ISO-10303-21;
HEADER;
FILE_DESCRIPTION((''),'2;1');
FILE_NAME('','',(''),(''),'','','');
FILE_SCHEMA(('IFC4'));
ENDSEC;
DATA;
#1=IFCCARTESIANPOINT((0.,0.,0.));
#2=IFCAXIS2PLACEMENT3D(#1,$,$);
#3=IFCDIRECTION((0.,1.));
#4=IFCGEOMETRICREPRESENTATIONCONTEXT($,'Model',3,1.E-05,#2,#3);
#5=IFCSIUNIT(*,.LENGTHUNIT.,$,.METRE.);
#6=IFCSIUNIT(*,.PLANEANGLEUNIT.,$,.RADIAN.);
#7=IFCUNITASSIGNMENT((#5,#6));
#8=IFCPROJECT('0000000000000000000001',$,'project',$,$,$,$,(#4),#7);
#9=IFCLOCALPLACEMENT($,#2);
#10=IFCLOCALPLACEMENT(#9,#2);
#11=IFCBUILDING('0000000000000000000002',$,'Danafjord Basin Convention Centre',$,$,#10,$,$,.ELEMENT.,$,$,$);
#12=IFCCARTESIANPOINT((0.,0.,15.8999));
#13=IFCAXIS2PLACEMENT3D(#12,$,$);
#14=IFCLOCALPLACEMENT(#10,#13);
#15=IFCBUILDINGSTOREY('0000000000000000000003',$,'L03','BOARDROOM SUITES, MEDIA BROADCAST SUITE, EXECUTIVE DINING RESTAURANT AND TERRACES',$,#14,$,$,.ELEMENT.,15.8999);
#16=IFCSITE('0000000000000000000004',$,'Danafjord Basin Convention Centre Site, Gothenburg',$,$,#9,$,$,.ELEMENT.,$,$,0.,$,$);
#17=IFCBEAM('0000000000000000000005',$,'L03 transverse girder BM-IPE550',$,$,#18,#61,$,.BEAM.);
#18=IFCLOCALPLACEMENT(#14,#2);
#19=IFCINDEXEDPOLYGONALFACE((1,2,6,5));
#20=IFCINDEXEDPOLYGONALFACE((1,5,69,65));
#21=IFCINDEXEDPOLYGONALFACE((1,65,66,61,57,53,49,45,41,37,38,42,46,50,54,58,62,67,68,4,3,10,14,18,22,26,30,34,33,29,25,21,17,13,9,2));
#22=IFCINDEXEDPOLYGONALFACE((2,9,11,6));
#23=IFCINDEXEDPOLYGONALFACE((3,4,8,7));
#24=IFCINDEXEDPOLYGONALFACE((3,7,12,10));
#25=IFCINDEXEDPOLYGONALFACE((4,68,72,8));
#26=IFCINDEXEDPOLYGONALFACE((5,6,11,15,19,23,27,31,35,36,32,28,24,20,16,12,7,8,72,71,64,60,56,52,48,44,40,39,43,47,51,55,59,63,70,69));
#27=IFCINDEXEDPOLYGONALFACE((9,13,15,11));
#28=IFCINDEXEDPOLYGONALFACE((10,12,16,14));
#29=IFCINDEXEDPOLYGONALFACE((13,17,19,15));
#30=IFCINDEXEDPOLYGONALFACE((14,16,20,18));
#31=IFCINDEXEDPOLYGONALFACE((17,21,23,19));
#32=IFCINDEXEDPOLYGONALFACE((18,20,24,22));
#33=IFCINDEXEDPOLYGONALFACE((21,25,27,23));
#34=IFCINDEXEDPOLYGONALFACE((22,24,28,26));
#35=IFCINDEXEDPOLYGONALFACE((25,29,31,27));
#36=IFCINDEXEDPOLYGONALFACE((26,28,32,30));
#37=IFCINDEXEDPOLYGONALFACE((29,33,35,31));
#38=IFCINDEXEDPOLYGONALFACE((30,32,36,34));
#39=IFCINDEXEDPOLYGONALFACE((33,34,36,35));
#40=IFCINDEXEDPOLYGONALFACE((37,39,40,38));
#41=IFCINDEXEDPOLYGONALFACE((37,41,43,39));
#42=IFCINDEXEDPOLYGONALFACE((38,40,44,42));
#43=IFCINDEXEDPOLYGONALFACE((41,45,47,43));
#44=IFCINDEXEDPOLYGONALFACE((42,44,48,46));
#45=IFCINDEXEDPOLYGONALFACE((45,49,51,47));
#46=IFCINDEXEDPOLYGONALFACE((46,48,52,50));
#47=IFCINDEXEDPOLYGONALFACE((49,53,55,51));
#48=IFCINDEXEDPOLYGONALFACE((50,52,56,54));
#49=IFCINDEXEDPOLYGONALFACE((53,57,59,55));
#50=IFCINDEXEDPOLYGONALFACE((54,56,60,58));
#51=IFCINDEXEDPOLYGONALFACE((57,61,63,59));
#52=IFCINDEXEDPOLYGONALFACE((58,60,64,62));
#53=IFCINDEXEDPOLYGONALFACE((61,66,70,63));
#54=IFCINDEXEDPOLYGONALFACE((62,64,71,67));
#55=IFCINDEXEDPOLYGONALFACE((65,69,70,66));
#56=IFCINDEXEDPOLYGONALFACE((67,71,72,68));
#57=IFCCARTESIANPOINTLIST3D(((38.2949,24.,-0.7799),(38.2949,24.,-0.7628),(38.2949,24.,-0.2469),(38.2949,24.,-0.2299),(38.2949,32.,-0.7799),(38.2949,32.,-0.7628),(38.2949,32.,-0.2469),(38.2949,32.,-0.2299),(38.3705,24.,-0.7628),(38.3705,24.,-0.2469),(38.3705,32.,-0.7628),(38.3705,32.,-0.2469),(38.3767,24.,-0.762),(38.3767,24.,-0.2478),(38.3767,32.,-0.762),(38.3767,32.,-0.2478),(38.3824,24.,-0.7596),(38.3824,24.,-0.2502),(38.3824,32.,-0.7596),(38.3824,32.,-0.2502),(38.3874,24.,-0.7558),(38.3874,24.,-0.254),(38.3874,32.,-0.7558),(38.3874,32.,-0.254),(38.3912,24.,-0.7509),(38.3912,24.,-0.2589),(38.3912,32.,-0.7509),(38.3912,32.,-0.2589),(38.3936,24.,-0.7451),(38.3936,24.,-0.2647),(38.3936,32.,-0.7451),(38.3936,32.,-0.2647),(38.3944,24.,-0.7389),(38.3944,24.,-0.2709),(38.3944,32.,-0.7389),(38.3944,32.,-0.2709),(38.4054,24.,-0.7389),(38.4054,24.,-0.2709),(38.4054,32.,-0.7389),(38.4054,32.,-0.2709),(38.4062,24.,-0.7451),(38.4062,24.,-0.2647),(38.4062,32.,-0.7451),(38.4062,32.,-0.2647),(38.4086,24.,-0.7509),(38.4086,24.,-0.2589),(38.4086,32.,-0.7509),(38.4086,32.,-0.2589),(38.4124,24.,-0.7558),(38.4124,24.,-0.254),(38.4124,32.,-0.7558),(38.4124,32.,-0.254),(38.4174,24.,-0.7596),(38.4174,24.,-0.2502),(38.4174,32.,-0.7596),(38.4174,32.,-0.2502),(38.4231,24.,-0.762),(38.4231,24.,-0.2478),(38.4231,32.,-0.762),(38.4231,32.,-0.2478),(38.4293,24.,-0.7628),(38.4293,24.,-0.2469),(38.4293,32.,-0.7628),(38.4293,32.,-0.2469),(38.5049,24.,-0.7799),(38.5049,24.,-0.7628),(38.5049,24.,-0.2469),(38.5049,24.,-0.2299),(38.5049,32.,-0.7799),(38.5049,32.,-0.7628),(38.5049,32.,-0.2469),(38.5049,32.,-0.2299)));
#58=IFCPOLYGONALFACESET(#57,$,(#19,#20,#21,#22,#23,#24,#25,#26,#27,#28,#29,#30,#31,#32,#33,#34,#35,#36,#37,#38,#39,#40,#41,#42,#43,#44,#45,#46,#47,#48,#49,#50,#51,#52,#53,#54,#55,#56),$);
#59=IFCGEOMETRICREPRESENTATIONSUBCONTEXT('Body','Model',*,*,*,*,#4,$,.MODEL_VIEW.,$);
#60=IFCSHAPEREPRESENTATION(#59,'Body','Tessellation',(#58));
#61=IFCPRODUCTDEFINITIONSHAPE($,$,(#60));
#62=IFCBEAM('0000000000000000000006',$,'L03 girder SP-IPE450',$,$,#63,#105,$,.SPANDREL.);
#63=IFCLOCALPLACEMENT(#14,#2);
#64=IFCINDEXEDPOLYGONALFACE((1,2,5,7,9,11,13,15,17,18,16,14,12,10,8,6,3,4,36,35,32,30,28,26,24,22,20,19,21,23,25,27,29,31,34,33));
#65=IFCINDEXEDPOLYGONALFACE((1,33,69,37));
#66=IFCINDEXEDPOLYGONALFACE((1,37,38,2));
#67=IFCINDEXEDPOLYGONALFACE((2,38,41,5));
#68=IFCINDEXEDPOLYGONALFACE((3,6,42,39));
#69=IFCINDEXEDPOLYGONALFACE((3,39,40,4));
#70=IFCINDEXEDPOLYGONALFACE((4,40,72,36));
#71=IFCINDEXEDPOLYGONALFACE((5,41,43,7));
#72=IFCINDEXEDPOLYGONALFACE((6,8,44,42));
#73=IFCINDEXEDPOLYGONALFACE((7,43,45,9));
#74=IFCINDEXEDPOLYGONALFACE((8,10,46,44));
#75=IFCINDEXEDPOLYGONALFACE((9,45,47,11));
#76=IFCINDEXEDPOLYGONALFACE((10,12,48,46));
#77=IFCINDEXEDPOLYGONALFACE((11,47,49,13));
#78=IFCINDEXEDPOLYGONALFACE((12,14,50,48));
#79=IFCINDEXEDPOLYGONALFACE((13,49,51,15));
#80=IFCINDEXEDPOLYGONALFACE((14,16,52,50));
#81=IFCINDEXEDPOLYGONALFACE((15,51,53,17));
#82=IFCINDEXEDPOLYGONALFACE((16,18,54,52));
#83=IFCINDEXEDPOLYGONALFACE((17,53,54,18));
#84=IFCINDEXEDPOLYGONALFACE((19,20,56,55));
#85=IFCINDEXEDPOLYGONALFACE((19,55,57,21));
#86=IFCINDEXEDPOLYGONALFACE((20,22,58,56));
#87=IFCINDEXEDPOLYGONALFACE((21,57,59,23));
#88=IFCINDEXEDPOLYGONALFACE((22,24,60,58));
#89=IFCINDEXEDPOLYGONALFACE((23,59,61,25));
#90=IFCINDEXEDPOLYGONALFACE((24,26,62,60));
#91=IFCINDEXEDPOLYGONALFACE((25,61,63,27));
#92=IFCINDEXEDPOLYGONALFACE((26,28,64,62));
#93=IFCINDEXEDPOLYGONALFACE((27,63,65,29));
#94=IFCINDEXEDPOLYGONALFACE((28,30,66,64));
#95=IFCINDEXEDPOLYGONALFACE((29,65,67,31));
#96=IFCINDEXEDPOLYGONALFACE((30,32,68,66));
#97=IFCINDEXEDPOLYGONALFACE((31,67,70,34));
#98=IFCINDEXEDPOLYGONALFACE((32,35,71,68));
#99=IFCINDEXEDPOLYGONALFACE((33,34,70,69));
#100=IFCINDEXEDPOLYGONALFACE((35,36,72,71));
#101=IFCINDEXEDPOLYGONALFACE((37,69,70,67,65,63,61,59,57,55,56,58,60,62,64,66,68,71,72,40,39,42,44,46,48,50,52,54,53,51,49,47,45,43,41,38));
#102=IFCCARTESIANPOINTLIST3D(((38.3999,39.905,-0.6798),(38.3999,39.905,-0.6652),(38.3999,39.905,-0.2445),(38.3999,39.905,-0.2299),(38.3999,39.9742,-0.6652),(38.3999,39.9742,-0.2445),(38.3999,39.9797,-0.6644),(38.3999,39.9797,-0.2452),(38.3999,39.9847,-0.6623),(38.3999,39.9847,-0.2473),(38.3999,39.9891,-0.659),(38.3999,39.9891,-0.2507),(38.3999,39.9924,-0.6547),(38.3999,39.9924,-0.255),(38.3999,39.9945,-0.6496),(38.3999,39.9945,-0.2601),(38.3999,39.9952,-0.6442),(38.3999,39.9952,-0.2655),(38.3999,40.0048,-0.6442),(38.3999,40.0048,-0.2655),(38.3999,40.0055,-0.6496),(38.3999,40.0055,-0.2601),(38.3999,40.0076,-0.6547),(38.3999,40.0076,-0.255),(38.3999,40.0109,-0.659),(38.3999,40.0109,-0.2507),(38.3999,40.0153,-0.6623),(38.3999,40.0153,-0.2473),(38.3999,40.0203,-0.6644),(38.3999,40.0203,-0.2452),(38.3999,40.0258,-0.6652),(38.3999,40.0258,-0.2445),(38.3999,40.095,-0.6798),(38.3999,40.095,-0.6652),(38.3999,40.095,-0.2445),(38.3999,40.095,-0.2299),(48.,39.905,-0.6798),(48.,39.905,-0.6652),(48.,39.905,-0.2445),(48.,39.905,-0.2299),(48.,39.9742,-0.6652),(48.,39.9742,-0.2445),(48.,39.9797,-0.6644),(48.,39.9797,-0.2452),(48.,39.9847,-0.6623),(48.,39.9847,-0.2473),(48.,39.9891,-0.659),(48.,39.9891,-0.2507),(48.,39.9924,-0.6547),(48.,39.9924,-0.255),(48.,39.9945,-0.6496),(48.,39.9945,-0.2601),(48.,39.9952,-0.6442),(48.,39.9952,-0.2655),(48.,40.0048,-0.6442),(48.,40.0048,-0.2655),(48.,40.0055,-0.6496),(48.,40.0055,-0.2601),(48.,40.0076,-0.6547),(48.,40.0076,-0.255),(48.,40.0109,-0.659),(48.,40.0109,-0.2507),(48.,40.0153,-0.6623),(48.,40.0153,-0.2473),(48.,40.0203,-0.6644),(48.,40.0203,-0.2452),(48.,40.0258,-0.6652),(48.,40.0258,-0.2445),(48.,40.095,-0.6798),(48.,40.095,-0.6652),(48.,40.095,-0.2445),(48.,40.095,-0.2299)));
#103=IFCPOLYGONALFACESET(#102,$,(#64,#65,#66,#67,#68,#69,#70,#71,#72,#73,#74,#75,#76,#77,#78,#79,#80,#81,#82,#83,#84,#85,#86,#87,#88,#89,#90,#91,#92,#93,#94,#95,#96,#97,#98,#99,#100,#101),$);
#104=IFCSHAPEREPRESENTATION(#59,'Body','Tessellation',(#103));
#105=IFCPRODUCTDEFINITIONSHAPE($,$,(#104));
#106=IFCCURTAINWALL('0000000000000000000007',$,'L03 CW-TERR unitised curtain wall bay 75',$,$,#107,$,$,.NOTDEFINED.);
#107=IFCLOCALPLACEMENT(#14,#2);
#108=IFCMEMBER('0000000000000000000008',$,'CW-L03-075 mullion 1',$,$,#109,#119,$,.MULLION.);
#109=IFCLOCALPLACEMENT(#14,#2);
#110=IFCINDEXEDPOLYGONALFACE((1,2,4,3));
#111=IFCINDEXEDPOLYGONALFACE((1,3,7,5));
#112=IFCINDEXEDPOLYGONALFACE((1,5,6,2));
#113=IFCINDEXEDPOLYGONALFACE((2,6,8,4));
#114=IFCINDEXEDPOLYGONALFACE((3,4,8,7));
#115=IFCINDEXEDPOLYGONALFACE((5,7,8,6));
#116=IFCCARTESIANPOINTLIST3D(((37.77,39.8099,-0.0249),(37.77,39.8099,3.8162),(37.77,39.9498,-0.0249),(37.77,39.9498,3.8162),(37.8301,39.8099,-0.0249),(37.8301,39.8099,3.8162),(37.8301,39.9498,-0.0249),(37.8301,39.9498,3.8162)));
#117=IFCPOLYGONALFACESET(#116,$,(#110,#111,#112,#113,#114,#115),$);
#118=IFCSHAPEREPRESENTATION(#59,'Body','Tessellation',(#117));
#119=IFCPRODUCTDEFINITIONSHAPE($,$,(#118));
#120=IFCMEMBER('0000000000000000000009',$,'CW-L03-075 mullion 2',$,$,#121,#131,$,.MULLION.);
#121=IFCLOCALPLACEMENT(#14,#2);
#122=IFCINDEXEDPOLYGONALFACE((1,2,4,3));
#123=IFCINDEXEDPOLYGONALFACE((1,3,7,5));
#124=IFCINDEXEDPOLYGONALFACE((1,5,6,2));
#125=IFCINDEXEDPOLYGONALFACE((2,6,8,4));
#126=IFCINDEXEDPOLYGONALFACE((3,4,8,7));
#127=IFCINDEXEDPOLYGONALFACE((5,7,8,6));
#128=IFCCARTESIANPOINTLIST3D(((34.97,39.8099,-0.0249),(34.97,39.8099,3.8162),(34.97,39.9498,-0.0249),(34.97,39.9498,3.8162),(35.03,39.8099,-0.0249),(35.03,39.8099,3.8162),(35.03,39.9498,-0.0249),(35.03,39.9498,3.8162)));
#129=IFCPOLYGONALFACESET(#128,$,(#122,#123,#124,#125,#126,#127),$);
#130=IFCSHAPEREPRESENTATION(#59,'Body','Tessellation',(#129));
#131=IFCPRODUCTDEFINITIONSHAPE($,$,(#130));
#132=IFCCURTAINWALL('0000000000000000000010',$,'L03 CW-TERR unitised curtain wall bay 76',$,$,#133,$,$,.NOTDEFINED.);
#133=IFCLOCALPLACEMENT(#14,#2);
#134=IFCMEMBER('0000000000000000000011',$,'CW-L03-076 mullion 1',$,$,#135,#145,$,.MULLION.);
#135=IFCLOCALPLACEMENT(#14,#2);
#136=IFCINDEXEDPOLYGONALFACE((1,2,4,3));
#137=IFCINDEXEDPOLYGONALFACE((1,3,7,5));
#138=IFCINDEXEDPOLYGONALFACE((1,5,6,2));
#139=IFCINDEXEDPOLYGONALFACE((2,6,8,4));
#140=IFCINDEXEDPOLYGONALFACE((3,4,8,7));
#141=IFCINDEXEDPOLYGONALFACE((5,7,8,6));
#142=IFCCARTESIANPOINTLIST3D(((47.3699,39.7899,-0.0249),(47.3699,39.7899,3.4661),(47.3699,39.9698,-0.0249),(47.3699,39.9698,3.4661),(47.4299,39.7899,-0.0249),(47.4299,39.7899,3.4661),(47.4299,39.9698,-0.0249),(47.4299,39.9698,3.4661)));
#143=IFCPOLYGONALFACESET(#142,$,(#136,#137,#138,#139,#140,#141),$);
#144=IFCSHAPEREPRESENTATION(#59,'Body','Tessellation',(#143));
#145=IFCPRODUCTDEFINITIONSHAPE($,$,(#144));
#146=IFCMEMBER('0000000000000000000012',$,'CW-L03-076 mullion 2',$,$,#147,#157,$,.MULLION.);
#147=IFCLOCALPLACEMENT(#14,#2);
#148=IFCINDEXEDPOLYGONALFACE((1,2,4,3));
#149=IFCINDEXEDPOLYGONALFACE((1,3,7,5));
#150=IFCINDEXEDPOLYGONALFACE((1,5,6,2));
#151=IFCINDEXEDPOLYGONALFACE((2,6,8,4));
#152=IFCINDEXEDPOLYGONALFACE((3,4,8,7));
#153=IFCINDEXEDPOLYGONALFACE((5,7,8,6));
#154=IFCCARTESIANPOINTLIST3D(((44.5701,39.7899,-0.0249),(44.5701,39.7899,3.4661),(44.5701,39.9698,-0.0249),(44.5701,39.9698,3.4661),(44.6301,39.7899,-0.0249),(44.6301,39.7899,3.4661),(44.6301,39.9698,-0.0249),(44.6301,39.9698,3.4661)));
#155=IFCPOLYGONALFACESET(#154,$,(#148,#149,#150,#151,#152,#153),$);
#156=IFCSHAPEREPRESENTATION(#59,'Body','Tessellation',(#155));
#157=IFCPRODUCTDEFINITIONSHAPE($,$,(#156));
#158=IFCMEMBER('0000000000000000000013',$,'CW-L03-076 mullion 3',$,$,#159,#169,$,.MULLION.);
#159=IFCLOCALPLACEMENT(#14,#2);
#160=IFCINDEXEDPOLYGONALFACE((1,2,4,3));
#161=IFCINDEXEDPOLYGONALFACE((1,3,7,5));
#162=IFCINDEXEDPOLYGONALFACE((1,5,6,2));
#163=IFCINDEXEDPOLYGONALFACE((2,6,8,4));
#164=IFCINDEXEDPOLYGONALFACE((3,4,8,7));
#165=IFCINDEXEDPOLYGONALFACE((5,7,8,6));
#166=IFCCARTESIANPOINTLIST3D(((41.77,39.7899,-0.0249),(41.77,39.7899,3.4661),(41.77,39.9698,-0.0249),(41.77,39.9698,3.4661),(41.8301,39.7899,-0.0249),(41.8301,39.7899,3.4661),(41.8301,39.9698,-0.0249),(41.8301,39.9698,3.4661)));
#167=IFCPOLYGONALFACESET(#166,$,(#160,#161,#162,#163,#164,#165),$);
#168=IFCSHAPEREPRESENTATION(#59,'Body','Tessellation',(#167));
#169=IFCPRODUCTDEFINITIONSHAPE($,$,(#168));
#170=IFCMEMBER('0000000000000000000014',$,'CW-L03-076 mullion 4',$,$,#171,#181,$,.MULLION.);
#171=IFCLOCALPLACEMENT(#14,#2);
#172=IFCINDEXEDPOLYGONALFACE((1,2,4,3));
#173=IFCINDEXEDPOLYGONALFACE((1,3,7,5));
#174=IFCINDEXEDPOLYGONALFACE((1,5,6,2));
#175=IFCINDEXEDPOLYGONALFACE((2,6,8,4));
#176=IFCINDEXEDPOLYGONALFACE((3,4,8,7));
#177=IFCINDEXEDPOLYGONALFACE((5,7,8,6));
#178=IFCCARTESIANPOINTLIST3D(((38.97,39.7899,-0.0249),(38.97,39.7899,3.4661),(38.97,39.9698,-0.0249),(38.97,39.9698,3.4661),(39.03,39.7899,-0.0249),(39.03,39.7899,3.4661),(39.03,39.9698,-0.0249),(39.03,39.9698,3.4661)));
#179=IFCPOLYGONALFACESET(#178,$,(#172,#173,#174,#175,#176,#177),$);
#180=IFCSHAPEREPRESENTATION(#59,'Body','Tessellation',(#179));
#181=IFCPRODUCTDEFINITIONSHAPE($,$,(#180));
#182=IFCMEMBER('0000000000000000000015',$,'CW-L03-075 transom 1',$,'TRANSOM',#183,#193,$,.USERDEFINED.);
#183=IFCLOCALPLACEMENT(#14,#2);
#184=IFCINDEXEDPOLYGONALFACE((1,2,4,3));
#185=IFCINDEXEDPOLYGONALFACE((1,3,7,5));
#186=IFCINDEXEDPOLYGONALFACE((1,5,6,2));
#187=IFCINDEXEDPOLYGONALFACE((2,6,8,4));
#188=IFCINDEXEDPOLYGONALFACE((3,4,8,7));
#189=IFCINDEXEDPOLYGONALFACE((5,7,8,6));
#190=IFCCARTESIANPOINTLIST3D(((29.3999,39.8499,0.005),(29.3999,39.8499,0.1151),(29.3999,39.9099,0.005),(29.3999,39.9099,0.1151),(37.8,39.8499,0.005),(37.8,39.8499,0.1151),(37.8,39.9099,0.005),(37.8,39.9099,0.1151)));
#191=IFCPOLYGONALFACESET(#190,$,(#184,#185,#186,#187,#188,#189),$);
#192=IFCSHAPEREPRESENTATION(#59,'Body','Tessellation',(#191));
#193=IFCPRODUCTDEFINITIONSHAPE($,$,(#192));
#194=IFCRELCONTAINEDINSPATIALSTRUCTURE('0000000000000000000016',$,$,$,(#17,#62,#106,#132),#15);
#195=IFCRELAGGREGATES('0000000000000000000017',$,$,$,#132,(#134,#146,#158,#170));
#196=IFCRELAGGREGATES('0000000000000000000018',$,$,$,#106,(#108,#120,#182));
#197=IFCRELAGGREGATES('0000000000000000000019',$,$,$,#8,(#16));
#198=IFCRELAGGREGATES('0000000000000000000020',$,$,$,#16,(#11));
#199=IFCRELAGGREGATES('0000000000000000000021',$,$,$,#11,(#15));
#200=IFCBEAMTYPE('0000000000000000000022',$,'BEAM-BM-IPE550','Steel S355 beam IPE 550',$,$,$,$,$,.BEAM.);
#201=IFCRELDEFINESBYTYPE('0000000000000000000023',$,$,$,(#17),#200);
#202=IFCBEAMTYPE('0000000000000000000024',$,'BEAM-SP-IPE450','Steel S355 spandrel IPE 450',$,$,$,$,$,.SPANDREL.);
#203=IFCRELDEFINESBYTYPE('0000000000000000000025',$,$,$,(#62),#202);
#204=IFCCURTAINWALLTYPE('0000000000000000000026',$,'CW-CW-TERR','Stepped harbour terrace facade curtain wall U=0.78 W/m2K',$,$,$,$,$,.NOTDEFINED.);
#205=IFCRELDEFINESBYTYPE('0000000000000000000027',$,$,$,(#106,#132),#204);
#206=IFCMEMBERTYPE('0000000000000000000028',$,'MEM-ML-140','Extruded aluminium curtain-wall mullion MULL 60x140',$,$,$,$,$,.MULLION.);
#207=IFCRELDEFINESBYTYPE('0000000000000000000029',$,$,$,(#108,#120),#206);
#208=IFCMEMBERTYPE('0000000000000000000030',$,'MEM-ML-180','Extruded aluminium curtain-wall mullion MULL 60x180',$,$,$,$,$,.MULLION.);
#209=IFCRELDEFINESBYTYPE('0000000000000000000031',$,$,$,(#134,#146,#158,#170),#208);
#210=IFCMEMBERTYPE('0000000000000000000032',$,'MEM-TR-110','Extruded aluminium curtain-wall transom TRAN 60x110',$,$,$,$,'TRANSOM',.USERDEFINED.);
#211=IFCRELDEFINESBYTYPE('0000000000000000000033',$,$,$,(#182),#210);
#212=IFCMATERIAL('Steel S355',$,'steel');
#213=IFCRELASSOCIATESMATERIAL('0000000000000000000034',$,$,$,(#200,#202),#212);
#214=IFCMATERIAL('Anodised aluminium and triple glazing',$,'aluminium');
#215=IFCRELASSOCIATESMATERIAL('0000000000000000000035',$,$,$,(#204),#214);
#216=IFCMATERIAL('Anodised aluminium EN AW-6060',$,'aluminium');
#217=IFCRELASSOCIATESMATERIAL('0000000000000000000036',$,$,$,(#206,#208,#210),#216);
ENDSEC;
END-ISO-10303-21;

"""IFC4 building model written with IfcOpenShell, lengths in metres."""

from ifc_helpers import new_model, si_unit, direction, frame, origin, origin_2d, place, context, subcontext, project, spatial, rectangle, i_section, extrude, material, material_profile, profile_set, type_object, element, aggregate, save


model = new_model("IFC4")

# Units and contexts
model_context = context("Model", 3, precision=1e-05, world=origin(), true_north=direction((0.0, 1.0)))
body_context = subcontext(model_context, "Body", "Model", "MODEL_VIEW")
ifc_project = project(units=[si_unit("LENGTHUNIT", "METRE"), si_unit("PLANEANGLEUNIT", "RADIAN")], contexts=[model_context])

# Site, building, storey
site_placement = place(None, origin())
site = spatial("IfcSite", under=ifc_project, at=site_placement, Name="Danafjord Basin Convention Centre Site, Gothenburg", CompositionType="ELEMENT", RefElevation=0.0)
building_placement = place(site_placement, origin())
building = spatial("IfcBuilding", under=site, at=building_placement, Name="Danafjord Basin Convention Centre", CompositionType="ELEMENT")
storey_placement = place(building_placement, frame((0.0, 0.0, 15.8999)))
storey = spatial("IfcBuildingStorey", under=building, at=storey_placement, Name="L03", Description="BOARDROOM SUITES, MEDIA BROADCAST SUITE, EXECUTIVE DINING RESTAURANT AND TERRACES", CompositionType="ELEMENT", Elevation=15.8999)

# Shared definitions
ifc_material_1 = material(Name="Steel S355", Category="steel")

# Beams
ifc_material_profile_1 = material_profile(ifc_material_1, i_section(OverallWidth=0.21, OverallDepth=0.55, WebThickness=0.011, FlangeThickness=0.0171, FilletRadius=0.0239, at=origin_2d()), Name="IPE 550")
ifc_profile_set_1 = profile_set([ifc_material_profile_1], Name="Steel S355")
beam_type_1 = type_object("IfcBeamType", Name="BEAM-BM-IPE550", Description="Steel S355 beam IPE 550", PredefinedType="BEAM", material=ifc_profile_set_1)
beam_1_placement = place(storey_placement, frame((38.3999, 24.0, -0.5049), z_axis=(0.0, 1.0, 0.0), x_axis=(-1.0, 0.0, 0.0)))
element("IfcBeam", 1, at=beam_1_placement, inside=storey, type_object=beam_type_1, Name="L03 transverse girder BM-IPE550", PredefinedType="BEAM", context=body_context, shape_type="SweptSolid", body=[
    extrude(i_section(OverallWidth=0.21, OverallDepth=0.55, WebThickness=0.011, FlangeThickness=0.0171, FilletRadius=0.0239, at=origin_2d()), origin(), (0.0, 0.0, 1.0), 8.0),
])
ifc_material_profile_2 = material_profile(ifc_material_1, i_section(OverallWidth=0.1899, OverallDepth=0.45, WebThickness=0.0095, FlangeThickness=0.0146, FilletRadius=0.021, at=origin_2d()), Name="IPE 450")
ifc_profile_set_2 = profile_set([ifc_material_profile_2], Name="Steel S355")
beam_type_2 = type_object("IfcBeamType", Name="BEAM-SP-IPE450", Description="Steel S355 spandrel IPE 450", PredefinedType="SPANDREL", material=ifc_profile_set_2)
beam_2_placement = place(storey_placement, frame((38.3999, 40.0, -0.4548), z_axis=(1.0, 0.0, 0.0), x_axis=(0.0, 1.0, 0.0)))
element("IfcBeam", 2, at=beam_2_placement, inside=storey, type_object=beam_type_2, Name="L03 girder SP-IPE450", PredefinedType="SPANDREL", context=body_context, shape_type="SweptSolid", body=[
    extrude(i_section(OverallWidth=0.1899, OverallDepth=0.45, WebThickness=0.0095, FlangeThickness=0.0146, FilletRadius=0.021, at=origin_2d()), origin(), (0.0, 0.0, 1.0), 9.6001),
])

# Curtain walls, members
ifc_material_2 = material(Name="Anodised aluminium and triple glazing", Category="aluminium")
curtain_wall_type = type_object("IfcCurtainWallType", Name="CW-CW-TERR", Description="Stepped harbour terrace facade curtain wall U=0.78 W/m2K", PredefinedType="NOTDEFINED", material=ifc_material_2)
curtain_wall_1_placement = place(storey_placement, origin())
curtain_wall_1 = element("IfcCurtainWall", 3, at=curtain_wall_1_placement, inside=storey, type_object=curtain_wall_type, Name="L03 CW-TERR unitised curtain wall bay 75", PredefinedType="NOTDEFINED")
ifc_material_3 = material(Name="Anodised aluminium EN AW-6060", Category="aluminium")
ifc_material_profile_3 = material_profile(ifc_material_3, rectangle(XDim=0.0601, YDim=0.1399, at=origin_2d()), Name="MULL 60x140")
ifc_profile_set_3 = profile_set([ifc_material_profile_3], Name="Anodised aluminium EN AW-6060")
member_type_1 = type_object("IfcMemberType", Name="MEM-ML-140", Description="Extruded aluminium curtain-wall mullion MULL 60x140", PredefinedType="MULLION", material=ifc_profile_set_3)
member_1_placement = place(storey_placement, frame((37.8, 39.8799, -0.0249), z_axis=(0.0, 0.0, 1.0), x_axis=(-1.0, 0.0, 0.0)))
member_1 = element("IfcMember", 4, at=member_1_placement, type_object=member_type_1, Name="CW-L03-075 mullion 1", PredefinedType="MULLION", context=body_context, shape_type="SweptSolid", body=[
    extrude(rectangle(XDim=0.0601, YDim=0.1399, at=origin_2d()), origin(), (0.0, 0.0, 1.0), 3.8411),
])
member_2_placement = place(storey_placement, frame((35.0, 39.8799, -0.0249), z_axis=(0.0, 0.0, 1.0), x_axis=(-1.0, 0.0, 0.0)))
member_2 = element("IfcMember", 5, at=member_2_placement, type_object=member_type_1, Name="CW-L03-075 mullion 2", PredefinedType="MULLION", context=body_context, shape_type="SweptSolid", body=[
    extrude(rectangle(XDim=0.0601, YDim=0.1399, at=origin_2d()), origin(), (0.0, 0.0, 1.0), 3.8411),
])
curtain_wall_2_placement = place(storey_placement, origin())
curtain_wall_2 = element("IfcCurtainWall", 6, at=curtain_wall_2_placement, inside=storey, type_object=curtain_wall_type, Name="L03 CW-TERR unitised curtain wall bay 76", PredefinedType="NOTDEFINED")
ifc_material_profile_4 = material_profile(ifc_material_3, rectangle(XDim=0.0601, YDim=0.1799, at=origin_2d()), Name="MULL 60x180")
ifc_profile_set_4 = profile_set([ifc_material_profile_4], Name="Anodised aluminium EN AW-6060")
member_type_2 = type_object("IfcMemberType", Name="MEM-ML-180", Description="Extruded aluminium curtain-wall mullion MULL 60x180", PredefinedType="MULLION", material=ifc_profile_set_4)
member_3_placement = place(storey_placement, frame((47.3999, 39.8799, -0.0249), z_axis=(0.0, 0.0, 1.0), x_axis=(-1.0, 0.0, 0.0)))
member_3 = element("IfcMember", 7, at=member_3_placement, type_object=member_type_2, Name="CW-L03-076 mullion 1", PredefinedType="MULLION", context=body_context, shape_type="SweptSolid", body=[
    extrude(rectangle(XDim=0.0601, YDim=0.1799, at=origin_2d()), origin(), (0.0, 0.0, 1.0), 3.491),
])
member_4_placement = place(storey_placement, frame((44.6001, 39.8799, -0.0249), z_axis=(0.0, 0.0, 1.0), x_axis=(-1.0, 0.0, 0.0)))
member_4 = element("IfcMember", 8, at=member_4_placement, type_object=member_type_2, Name="CW-L03-076 mullion 2", PredefinedType="MULLION", context=body_context, shape_type="SweptSolid", body=[
    extrude(rectangle(XDim=0.0601, YDim=0.1799, at=origin_2d()), origin(), (0.0, 0.0, 1.0), 3.491),
])
member_5_placement = place(storey_placement, frame((41.8, 39.8799, -0.0249), z_axis=(0.0, 0.0, 1.0), x_axis=(-1.0, 0.0, 0.0)))
member_5 = element("IfcMember", 9, at=member_5_placement, type_object=member_type_2, Name="CW-L03-076 mullion 3", PredefinedType="MULLION", context=body_context, shape_type="SweptSolid", body=[
    extrude(rectangle(XDim=0.0601, YDim=0.1799, at=origin_2d()), origin(), (0.0, 0.0, 1.0), 3.491),
])
member_6_placement = place(storey_placement, frame((39.0, 39.8799, -0.0249), z_axis=(0.0, 0.0, 1.0), x_axis=(-1.0, 0.0, 0.0)))
member_6 = element("IfcMember", 10, at=member_6_placement, type_object=member_type_2, Name="CW-L03-076 mullion 4", PredefinedType="MULLION", context=body_context, shape_type="SweptSolid", body=[
    extrude(rectangle(XDim=0.0601, YDim=0.1799, at=origin_2d()), origin(), (0.0, 0.0, 1.0), 3.491),
])

# Member
ifc_material_profile_5 = material_profile(ifc_material_3, rectangle(XDim=0.0601, YDim=0.1101, at=origin_2d()), Name="TRAN 60x110")
ifc_profile_set_5 = profile_set([ifc_material_profile_5], Name="Anodised aluminium EN AW-6060")
member_type_3 = type_object("IfcMemberType", Name="MEM-TR-110", Description="Extruded aluminium curtain-wall transom TRAN 60x110", ElementType="TRANSOM", PredefinedType="USERDEFINED", material=ifc_profile_set_5)
member_7_placement = place(storey_placement, frame((37.8, 39.8799, 0.0601), z_axis=(-1.0, 0.0, 0.0), x_axis=(0.0, -1.0, 0.0)))
member_7 = element("IfcMember", 11, at=member_7_placement, type_object=member_type_3, Name="CW-L03-075 transom 1", ObjectType="TRANSOM", PredefinedType="USERDEFINED", context=body_context, shape_type="SweptSolid", body=[
    extrude(rectangle(XDim=0.0601, YDim=0.1101, at=origin_2d()), origin(), (0.0, 0.0, 1.0), 8.4001),
])

aggregate(curtain_wall_2, [member_3, member_4, member_5, member_6])
aggregate(curtain_wall_1, [member_1, member_2, member_7])

save(model, "model.ifc")
